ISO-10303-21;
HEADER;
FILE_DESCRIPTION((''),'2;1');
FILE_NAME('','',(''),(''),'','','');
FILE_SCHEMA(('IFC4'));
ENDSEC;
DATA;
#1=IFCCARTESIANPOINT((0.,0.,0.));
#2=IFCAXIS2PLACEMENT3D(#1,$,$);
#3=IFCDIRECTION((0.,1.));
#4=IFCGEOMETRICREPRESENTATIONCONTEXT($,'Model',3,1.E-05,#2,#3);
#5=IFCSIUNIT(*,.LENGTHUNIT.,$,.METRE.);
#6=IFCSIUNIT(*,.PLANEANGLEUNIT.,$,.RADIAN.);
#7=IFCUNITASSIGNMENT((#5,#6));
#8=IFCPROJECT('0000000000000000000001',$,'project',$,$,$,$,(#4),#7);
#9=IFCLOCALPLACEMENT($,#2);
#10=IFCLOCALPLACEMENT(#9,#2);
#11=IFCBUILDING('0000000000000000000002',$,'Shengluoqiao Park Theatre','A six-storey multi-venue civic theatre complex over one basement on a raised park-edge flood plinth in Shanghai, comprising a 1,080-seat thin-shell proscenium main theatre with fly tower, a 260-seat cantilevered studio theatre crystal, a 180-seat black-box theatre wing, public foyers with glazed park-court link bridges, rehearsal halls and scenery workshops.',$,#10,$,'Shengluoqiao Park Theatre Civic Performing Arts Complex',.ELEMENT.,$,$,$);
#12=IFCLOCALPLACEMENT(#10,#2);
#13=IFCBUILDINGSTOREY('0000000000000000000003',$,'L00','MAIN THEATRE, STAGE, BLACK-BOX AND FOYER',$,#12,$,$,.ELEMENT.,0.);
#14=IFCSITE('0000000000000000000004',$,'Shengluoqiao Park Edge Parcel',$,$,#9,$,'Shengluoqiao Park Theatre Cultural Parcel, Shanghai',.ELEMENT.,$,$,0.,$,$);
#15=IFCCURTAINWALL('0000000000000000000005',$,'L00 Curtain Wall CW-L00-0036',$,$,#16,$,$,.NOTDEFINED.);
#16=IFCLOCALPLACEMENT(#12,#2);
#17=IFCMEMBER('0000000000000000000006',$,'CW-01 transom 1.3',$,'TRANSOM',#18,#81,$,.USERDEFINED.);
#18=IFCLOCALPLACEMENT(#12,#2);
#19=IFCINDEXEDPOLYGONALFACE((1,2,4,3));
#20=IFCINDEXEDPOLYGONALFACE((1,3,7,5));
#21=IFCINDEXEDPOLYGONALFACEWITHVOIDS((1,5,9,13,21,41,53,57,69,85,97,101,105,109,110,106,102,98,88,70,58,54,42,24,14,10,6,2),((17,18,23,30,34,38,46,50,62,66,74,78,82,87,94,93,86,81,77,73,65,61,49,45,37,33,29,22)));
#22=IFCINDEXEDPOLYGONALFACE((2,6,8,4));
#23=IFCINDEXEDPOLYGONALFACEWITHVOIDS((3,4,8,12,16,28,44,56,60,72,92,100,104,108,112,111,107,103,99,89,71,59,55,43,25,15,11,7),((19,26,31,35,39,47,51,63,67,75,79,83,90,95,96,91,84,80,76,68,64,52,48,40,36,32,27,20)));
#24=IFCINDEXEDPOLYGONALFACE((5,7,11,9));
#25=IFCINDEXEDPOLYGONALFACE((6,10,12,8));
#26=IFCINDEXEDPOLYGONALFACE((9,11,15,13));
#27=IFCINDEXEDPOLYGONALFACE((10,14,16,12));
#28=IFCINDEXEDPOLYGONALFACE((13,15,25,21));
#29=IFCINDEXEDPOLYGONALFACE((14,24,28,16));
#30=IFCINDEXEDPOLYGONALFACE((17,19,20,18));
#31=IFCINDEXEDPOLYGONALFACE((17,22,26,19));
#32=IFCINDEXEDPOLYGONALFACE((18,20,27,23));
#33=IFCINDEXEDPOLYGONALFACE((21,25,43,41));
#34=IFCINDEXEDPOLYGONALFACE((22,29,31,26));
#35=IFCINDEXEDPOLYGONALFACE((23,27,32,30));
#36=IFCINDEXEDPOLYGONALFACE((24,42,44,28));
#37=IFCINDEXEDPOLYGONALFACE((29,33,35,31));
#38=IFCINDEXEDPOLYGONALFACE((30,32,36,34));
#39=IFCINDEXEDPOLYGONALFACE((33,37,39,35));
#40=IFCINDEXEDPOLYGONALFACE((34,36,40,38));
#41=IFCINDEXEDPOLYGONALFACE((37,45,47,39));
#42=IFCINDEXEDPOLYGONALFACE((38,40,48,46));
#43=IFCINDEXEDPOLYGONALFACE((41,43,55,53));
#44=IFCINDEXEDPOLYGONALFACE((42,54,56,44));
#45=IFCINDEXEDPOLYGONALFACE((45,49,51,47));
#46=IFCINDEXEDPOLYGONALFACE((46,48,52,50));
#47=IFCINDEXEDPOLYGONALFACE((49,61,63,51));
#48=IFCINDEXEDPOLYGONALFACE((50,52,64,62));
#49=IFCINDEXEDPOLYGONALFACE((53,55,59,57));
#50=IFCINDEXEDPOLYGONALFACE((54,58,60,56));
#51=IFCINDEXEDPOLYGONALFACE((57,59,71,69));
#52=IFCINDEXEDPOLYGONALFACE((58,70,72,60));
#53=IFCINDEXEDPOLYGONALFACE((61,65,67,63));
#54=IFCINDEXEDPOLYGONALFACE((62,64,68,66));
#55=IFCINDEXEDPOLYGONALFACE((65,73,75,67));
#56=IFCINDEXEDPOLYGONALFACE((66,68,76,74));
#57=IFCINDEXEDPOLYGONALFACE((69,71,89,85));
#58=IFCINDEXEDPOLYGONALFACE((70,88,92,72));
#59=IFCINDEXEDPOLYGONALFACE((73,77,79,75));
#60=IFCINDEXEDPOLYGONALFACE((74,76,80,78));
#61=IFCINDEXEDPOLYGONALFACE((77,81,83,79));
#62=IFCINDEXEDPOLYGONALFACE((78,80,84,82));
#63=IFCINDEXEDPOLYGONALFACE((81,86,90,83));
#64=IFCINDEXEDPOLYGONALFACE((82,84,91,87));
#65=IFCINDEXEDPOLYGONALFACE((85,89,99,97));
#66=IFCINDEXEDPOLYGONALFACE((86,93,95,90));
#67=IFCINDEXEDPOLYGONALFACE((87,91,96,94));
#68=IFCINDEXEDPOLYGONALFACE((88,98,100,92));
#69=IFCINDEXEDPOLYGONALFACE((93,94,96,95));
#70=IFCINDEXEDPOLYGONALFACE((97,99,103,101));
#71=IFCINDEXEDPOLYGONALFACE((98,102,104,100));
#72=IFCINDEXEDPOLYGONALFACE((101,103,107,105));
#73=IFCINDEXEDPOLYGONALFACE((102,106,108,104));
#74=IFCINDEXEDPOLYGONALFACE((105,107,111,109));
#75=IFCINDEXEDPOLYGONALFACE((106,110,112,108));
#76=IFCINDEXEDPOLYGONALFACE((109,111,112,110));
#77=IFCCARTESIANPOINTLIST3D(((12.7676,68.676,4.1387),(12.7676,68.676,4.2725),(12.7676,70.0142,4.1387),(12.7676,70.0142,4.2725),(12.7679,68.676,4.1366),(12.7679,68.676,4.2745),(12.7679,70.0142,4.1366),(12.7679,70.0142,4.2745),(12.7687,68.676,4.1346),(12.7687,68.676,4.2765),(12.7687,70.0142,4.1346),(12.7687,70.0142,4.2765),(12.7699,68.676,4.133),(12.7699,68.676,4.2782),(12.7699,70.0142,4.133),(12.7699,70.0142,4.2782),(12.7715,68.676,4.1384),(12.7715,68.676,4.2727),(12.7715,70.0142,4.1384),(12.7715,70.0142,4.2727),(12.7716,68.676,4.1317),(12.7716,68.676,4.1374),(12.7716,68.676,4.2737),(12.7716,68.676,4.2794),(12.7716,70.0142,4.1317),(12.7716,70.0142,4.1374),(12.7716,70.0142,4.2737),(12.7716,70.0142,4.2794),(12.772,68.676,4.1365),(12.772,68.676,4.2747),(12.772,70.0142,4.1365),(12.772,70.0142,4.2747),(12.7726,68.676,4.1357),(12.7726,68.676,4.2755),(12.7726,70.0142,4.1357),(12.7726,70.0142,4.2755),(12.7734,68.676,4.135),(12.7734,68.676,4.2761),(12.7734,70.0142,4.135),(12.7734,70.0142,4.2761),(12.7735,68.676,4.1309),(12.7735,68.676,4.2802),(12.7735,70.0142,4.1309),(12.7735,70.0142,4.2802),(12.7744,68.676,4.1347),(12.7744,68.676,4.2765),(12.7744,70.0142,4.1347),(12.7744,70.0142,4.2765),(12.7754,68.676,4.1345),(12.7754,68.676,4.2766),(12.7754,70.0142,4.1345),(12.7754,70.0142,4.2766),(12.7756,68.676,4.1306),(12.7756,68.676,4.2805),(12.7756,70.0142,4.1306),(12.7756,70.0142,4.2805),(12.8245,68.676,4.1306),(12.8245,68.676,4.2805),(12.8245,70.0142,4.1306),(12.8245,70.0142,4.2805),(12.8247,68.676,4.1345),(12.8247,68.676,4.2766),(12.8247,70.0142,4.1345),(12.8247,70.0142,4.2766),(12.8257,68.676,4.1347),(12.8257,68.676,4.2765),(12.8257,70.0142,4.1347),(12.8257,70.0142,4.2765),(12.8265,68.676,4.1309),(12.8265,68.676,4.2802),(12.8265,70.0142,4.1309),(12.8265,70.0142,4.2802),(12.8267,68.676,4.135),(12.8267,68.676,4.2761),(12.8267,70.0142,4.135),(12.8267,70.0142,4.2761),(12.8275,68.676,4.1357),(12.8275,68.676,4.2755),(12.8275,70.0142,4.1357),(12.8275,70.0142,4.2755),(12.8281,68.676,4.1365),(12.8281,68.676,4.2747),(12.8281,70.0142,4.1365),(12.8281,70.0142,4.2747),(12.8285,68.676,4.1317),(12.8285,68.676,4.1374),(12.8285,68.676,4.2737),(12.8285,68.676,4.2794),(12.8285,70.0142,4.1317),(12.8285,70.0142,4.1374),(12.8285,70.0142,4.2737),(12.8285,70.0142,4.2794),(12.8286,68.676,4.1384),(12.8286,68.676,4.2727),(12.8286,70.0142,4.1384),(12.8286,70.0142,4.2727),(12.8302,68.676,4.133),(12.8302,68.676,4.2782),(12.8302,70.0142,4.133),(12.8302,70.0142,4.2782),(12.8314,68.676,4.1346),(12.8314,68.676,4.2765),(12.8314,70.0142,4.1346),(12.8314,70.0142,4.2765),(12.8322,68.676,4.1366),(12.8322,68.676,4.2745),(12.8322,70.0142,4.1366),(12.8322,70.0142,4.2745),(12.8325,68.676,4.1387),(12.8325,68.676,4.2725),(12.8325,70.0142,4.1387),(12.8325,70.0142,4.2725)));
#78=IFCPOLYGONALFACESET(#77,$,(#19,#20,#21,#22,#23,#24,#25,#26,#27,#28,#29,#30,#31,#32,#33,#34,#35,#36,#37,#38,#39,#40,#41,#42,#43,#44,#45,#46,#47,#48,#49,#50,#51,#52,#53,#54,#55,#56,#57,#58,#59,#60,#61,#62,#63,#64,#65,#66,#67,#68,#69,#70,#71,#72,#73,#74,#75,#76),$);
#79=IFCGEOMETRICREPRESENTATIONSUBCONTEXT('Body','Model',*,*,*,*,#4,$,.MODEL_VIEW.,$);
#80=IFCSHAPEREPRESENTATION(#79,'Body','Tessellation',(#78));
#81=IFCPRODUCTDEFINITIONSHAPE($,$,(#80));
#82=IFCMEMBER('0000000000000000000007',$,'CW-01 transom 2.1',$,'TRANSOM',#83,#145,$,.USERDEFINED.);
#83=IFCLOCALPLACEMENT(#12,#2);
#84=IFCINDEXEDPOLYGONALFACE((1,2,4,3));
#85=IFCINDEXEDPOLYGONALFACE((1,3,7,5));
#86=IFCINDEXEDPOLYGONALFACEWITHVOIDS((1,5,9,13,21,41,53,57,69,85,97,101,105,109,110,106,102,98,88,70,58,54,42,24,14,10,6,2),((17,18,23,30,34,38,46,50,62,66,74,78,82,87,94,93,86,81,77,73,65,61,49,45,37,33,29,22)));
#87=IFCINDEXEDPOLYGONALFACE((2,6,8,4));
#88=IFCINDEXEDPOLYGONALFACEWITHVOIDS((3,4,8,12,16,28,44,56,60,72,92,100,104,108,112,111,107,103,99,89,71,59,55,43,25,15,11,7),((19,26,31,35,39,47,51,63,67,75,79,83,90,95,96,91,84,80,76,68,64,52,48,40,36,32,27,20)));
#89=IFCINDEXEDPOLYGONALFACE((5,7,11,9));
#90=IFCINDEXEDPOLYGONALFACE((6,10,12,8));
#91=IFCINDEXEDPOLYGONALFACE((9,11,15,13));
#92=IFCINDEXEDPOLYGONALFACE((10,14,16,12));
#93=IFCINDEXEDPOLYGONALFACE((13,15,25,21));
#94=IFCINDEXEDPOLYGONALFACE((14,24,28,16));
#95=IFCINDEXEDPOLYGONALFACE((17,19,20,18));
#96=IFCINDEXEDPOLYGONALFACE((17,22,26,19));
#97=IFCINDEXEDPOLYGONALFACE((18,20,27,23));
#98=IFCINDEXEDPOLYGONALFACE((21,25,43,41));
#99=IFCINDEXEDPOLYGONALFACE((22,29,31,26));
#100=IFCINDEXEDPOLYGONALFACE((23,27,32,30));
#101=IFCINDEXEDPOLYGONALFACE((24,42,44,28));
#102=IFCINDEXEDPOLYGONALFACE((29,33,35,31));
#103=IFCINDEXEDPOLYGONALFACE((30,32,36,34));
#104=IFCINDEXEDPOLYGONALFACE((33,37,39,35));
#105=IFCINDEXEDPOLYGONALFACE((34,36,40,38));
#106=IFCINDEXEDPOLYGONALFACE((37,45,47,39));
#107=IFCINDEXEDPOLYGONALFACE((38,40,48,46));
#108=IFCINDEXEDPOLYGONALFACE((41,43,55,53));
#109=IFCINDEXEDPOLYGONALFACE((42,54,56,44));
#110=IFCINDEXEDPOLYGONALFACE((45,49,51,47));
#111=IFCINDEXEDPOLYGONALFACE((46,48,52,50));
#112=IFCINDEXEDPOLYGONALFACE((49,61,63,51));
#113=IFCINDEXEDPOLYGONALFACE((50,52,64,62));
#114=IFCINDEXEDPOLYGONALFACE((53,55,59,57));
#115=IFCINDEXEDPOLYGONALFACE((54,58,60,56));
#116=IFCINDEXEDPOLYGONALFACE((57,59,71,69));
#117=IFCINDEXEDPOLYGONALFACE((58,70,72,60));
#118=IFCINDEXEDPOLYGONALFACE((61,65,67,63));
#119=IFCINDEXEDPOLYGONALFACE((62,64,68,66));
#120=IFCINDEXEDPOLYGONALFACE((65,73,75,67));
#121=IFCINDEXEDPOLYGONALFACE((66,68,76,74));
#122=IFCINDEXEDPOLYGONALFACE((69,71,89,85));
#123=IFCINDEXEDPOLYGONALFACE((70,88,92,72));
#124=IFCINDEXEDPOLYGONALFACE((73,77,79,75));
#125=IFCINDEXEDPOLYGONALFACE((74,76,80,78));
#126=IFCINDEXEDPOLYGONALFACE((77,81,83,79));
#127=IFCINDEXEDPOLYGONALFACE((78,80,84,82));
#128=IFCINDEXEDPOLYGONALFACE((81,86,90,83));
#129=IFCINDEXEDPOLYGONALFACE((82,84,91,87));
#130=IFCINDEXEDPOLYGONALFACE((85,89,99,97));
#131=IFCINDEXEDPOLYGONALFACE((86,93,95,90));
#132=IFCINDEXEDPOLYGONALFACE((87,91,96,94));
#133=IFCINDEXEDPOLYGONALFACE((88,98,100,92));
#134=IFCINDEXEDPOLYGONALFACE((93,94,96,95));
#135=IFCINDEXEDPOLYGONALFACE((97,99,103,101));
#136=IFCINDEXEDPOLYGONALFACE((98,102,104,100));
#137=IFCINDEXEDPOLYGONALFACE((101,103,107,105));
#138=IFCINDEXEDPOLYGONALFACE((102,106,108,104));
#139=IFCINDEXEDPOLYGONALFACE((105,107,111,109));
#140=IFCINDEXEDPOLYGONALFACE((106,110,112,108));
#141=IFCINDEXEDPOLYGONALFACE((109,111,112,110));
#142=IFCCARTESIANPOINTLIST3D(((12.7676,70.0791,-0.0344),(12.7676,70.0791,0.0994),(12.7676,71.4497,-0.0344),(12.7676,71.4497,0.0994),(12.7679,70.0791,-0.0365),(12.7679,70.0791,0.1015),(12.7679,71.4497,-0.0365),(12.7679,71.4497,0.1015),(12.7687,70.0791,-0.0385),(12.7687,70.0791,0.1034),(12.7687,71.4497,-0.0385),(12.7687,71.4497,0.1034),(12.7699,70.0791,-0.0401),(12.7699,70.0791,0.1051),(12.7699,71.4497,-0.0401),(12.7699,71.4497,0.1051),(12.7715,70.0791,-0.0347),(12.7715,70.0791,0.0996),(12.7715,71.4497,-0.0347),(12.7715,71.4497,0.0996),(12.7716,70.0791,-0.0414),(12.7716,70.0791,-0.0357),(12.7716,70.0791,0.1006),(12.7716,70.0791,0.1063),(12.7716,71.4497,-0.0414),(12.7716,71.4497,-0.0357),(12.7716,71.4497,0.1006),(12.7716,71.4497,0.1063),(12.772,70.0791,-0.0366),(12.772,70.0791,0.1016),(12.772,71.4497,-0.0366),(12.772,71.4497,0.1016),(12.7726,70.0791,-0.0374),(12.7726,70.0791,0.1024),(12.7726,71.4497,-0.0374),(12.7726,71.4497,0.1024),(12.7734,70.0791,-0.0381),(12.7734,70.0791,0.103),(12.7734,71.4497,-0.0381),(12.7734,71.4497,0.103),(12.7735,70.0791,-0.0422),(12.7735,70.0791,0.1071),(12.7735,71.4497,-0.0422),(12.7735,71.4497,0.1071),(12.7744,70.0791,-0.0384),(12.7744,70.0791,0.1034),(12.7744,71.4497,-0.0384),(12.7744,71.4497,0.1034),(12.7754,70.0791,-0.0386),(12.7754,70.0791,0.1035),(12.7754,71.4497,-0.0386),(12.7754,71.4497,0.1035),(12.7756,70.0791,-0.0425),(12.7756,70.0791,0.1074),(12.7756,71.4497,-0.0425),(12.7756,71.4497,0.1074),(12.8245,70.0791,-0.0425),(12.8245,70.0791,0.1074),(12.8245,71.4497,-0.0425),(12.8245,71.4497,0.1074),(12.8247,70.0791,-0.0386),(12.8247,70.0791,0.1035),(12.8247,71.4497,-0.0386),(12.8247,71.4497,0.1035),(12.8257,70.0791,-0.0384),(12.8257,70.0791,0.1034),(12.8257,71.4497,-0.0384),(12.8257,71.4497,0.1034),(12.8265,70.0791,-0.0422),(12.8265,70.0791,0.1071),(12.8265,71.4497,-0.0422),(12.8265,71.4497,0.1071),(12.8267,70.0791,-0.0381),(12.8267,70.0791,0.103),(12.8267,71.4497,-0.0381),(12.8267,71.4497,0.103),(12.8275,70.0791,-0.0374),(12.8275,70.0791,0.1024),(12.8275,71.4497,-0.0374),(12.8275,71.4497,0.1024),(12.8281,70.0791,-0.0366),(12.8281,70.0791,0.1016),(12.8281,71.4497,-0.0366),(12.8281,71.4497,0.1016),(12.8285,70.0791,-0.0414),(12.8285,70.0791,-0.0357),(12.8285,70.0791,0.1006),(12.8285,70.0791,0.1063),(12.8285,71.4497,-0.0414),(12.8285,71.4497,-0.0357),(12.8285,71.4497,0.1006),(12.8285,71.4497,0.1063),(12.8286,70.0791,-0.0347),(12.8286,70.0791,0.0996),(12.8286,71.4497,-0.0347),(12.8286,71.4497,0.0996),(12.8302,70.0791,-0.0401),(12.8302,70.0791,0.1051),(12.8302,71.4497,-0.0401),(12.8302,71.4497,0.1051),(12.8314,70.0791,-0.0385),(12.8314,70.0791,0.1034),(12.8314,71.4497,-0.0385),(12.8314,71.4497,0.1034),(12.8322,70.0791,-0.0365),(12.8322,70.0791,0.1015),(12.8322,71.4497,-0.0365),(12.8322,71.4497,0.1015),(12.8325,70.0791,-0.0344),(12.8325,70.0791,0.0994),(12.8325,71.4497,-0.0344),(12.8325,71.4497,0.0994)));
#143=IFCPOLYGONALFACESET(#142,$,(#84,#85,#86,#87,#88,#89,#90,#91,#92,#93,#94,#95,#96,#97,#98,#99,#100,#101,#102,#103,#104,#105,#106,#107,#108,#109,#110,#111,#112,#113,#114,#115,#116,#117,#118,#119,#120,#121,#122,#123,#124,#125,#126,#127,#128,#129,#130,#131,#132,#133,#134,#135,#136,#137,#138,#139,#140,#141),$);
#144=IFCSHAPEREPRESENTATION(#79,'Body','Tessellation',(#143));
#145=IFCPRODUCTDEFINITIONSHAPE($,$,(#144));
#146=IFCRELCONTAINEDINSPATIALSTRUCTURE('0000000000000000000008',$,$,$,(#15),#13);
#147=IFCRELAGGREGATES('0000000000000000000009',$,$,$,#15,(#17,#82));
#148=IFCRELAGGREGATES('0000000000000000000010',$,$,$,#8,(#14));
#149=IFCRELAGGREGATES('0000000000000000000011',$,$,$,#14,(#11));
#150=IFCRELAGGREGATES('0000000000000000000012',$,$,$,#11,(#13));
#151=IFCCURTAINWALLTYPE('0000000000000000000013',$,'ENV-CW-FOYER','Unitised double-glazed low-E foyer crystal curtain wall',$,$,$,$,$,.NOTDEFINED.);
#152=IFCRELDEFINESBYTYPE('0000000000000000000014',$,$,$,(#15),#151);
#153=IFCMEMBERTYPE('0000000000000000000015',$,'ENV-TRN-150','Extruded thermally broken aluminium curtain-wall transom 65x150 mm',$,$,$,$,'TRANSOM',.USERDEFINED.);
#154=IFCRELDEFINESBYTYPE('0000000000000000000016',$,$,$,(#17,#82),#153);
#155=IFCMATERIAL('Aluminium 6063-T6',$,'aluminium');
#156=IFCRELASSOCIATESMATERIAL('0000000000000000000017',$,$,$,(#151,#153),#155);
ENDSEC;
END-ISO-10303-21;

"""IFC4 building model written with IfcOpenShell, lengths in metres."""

from ifc_helpers import new_model, si_unit, direction, frame, origin, origin_2d, place, context, subcontext, project, spatial, hollow_rectangle, extrude, material, material_profile, profile_set, type_object, element, aggregate, save


model = new_model("IFC4")

# Units and contexts
model_context = context("Model", 3, precision=1e-05, world=origin(), true_north=direction((0.0, 1.0)))
body_context = subcontext(model_context, "Body", "Model", "MODEL_VIEW")
ifc_project = project(units=[si_unit("LENGTHUNIT", "METRE"), si_unit("PLANEANGLEUNIT", "RADIAN")], contexts=[model_context])

# Site, building, storey
site_placement = place(None, origin())
site = spatial("IfcSite", under=ifc_project, at=site_placement, Name="Shengluoqiao Park Edge Parcel", LongName="Shengluoqiao Park Theatre Cultural Parcel, Shanghai", CompositionType="ELEMENT", RefElevation=0.0)
building_placement = place(site_placement, origin())
building = spatial("IfcBuilding", under=site, at=building_placement, Name="Shengluoqiao Park Theatre", Description="A six-storey multi-venue civic theatre complex over one basement on a raised park-edge flood plinth in Shanghai, comprising a 1,080-seat thin-shell proscenium main theatre with fly tower, a 260-seat cantilevered studio theatre crystal, a 180-seat black-box theatre wing, public foyers with glazed park-court link bridges, rehearsal halls and scenery workshops.", LongName="Shengluoqiao Park Theatre Civic Performing Arts Complex", CompositionType="ELEMENT")
storey_placement = place(building_placement, origin())
storey = spatial("IfcBuildingStorey", under=building, at=storey_placement, Name="L00", Description="MAIN THEATRE, STAGE, BLACK-BOX AND FOYER", CompositionType="ELEMENT", Elevation=0.0)

# Curtain wall, members
ifc_material_1 = material(Name="Aluminium 6063-T6", Category="aluminium")
curtain_wall_type = type_object("IfcCurtainWallType", Name="ENV-CW-FOYER", Description="Unitised double-glazed low-E foyer crystal curtain wall", PredefinedType="NOTDEFINED", material=ifc_material_1)
curtain_wall_placement = place(storey_placement, origin())
curtain_wall = element("IfcCurtainWall", 1, at=curtain_wall_placement, inside=storey, type_object=curtain_wall_type, Name="L00 Curtain Wall CW-L00-0036", PredefinedType="NOTDEFINED")
ifc_material_profile_1 = material_profile(ifc_material_1, hollow_rectangle(XDim=0.0649, YDim=0.1499, WallThickness=0.0039, InnerFilletRadius=0.0039, OuterFilletRadius=0.0081, at=origin_2d()), Name="ALU TRANSOM 150x65x4")
ifc_profile_set_1 = profile_set([ifc_material_profile_1], Name="Aluminium 6063-T6")
member_type_1 = type_object("IfcMemberType", Name="ENV-TRN-150", Description="Extruded thermally broken aluminium curtain-wall transom 65x150 mm", ElementType="TRANSOM", PredefinedType="USERDEFINED", material=ifc_profile_set_1)
member_1_placement = place(storey_placement, frame((12.8, 68.676, 4.2056), z_axis=(0.0, 1.0, 0.0), x_axis=(-1.0, 0.0, 0.0)))
member_1 = element("IfcMember", 2, at=member_1_placement, type_object=member_type_1, Name="CW-01 transom 1.3", ObjectType="TRANSOM", PredefinedType="USERDEFINED", context=body_context, shape_type="SweptSolid", body=[
    extrude(hollow_rectangle(XDim=0.0649, YDim=0.1499, WallThickness=0.0039, InnerFilletRadius=0.0039, OuterFilletRadius=0.0081, at=origin_2d()), origin(), (0.0, 0.0, 1.0), 1.3381),
])
member_2_placement = place(storey_placement, frame((12.8, 70.0791, 0.0325), z_axis=(0.0, 1.0, 0.0), x_axis=(-1.0, 0.0, 0.0)))
member_2 = element("IfcMember", 3, at=member_2_placement, type_object=member_type_1, Name="CW-01 transom 2.1", ObjectType="TRANSOM", PredefinedType="USERDEFINED", context=body_context, shape_type="SweptSolid", body=[
    extrude(hollow_rectangle(XDim=0.0649, YDim=0.1499, WallThickness=0.0039, InnerFilletRadius=0.0039, OuterFilletRadius=0.0081, at=origin_2d()), origin(), (0.0, 0.0, 1.0), 1.3706),
])

aggregate(curtain_wall, [member_1, member_2])

save(model, "model.ifc")
